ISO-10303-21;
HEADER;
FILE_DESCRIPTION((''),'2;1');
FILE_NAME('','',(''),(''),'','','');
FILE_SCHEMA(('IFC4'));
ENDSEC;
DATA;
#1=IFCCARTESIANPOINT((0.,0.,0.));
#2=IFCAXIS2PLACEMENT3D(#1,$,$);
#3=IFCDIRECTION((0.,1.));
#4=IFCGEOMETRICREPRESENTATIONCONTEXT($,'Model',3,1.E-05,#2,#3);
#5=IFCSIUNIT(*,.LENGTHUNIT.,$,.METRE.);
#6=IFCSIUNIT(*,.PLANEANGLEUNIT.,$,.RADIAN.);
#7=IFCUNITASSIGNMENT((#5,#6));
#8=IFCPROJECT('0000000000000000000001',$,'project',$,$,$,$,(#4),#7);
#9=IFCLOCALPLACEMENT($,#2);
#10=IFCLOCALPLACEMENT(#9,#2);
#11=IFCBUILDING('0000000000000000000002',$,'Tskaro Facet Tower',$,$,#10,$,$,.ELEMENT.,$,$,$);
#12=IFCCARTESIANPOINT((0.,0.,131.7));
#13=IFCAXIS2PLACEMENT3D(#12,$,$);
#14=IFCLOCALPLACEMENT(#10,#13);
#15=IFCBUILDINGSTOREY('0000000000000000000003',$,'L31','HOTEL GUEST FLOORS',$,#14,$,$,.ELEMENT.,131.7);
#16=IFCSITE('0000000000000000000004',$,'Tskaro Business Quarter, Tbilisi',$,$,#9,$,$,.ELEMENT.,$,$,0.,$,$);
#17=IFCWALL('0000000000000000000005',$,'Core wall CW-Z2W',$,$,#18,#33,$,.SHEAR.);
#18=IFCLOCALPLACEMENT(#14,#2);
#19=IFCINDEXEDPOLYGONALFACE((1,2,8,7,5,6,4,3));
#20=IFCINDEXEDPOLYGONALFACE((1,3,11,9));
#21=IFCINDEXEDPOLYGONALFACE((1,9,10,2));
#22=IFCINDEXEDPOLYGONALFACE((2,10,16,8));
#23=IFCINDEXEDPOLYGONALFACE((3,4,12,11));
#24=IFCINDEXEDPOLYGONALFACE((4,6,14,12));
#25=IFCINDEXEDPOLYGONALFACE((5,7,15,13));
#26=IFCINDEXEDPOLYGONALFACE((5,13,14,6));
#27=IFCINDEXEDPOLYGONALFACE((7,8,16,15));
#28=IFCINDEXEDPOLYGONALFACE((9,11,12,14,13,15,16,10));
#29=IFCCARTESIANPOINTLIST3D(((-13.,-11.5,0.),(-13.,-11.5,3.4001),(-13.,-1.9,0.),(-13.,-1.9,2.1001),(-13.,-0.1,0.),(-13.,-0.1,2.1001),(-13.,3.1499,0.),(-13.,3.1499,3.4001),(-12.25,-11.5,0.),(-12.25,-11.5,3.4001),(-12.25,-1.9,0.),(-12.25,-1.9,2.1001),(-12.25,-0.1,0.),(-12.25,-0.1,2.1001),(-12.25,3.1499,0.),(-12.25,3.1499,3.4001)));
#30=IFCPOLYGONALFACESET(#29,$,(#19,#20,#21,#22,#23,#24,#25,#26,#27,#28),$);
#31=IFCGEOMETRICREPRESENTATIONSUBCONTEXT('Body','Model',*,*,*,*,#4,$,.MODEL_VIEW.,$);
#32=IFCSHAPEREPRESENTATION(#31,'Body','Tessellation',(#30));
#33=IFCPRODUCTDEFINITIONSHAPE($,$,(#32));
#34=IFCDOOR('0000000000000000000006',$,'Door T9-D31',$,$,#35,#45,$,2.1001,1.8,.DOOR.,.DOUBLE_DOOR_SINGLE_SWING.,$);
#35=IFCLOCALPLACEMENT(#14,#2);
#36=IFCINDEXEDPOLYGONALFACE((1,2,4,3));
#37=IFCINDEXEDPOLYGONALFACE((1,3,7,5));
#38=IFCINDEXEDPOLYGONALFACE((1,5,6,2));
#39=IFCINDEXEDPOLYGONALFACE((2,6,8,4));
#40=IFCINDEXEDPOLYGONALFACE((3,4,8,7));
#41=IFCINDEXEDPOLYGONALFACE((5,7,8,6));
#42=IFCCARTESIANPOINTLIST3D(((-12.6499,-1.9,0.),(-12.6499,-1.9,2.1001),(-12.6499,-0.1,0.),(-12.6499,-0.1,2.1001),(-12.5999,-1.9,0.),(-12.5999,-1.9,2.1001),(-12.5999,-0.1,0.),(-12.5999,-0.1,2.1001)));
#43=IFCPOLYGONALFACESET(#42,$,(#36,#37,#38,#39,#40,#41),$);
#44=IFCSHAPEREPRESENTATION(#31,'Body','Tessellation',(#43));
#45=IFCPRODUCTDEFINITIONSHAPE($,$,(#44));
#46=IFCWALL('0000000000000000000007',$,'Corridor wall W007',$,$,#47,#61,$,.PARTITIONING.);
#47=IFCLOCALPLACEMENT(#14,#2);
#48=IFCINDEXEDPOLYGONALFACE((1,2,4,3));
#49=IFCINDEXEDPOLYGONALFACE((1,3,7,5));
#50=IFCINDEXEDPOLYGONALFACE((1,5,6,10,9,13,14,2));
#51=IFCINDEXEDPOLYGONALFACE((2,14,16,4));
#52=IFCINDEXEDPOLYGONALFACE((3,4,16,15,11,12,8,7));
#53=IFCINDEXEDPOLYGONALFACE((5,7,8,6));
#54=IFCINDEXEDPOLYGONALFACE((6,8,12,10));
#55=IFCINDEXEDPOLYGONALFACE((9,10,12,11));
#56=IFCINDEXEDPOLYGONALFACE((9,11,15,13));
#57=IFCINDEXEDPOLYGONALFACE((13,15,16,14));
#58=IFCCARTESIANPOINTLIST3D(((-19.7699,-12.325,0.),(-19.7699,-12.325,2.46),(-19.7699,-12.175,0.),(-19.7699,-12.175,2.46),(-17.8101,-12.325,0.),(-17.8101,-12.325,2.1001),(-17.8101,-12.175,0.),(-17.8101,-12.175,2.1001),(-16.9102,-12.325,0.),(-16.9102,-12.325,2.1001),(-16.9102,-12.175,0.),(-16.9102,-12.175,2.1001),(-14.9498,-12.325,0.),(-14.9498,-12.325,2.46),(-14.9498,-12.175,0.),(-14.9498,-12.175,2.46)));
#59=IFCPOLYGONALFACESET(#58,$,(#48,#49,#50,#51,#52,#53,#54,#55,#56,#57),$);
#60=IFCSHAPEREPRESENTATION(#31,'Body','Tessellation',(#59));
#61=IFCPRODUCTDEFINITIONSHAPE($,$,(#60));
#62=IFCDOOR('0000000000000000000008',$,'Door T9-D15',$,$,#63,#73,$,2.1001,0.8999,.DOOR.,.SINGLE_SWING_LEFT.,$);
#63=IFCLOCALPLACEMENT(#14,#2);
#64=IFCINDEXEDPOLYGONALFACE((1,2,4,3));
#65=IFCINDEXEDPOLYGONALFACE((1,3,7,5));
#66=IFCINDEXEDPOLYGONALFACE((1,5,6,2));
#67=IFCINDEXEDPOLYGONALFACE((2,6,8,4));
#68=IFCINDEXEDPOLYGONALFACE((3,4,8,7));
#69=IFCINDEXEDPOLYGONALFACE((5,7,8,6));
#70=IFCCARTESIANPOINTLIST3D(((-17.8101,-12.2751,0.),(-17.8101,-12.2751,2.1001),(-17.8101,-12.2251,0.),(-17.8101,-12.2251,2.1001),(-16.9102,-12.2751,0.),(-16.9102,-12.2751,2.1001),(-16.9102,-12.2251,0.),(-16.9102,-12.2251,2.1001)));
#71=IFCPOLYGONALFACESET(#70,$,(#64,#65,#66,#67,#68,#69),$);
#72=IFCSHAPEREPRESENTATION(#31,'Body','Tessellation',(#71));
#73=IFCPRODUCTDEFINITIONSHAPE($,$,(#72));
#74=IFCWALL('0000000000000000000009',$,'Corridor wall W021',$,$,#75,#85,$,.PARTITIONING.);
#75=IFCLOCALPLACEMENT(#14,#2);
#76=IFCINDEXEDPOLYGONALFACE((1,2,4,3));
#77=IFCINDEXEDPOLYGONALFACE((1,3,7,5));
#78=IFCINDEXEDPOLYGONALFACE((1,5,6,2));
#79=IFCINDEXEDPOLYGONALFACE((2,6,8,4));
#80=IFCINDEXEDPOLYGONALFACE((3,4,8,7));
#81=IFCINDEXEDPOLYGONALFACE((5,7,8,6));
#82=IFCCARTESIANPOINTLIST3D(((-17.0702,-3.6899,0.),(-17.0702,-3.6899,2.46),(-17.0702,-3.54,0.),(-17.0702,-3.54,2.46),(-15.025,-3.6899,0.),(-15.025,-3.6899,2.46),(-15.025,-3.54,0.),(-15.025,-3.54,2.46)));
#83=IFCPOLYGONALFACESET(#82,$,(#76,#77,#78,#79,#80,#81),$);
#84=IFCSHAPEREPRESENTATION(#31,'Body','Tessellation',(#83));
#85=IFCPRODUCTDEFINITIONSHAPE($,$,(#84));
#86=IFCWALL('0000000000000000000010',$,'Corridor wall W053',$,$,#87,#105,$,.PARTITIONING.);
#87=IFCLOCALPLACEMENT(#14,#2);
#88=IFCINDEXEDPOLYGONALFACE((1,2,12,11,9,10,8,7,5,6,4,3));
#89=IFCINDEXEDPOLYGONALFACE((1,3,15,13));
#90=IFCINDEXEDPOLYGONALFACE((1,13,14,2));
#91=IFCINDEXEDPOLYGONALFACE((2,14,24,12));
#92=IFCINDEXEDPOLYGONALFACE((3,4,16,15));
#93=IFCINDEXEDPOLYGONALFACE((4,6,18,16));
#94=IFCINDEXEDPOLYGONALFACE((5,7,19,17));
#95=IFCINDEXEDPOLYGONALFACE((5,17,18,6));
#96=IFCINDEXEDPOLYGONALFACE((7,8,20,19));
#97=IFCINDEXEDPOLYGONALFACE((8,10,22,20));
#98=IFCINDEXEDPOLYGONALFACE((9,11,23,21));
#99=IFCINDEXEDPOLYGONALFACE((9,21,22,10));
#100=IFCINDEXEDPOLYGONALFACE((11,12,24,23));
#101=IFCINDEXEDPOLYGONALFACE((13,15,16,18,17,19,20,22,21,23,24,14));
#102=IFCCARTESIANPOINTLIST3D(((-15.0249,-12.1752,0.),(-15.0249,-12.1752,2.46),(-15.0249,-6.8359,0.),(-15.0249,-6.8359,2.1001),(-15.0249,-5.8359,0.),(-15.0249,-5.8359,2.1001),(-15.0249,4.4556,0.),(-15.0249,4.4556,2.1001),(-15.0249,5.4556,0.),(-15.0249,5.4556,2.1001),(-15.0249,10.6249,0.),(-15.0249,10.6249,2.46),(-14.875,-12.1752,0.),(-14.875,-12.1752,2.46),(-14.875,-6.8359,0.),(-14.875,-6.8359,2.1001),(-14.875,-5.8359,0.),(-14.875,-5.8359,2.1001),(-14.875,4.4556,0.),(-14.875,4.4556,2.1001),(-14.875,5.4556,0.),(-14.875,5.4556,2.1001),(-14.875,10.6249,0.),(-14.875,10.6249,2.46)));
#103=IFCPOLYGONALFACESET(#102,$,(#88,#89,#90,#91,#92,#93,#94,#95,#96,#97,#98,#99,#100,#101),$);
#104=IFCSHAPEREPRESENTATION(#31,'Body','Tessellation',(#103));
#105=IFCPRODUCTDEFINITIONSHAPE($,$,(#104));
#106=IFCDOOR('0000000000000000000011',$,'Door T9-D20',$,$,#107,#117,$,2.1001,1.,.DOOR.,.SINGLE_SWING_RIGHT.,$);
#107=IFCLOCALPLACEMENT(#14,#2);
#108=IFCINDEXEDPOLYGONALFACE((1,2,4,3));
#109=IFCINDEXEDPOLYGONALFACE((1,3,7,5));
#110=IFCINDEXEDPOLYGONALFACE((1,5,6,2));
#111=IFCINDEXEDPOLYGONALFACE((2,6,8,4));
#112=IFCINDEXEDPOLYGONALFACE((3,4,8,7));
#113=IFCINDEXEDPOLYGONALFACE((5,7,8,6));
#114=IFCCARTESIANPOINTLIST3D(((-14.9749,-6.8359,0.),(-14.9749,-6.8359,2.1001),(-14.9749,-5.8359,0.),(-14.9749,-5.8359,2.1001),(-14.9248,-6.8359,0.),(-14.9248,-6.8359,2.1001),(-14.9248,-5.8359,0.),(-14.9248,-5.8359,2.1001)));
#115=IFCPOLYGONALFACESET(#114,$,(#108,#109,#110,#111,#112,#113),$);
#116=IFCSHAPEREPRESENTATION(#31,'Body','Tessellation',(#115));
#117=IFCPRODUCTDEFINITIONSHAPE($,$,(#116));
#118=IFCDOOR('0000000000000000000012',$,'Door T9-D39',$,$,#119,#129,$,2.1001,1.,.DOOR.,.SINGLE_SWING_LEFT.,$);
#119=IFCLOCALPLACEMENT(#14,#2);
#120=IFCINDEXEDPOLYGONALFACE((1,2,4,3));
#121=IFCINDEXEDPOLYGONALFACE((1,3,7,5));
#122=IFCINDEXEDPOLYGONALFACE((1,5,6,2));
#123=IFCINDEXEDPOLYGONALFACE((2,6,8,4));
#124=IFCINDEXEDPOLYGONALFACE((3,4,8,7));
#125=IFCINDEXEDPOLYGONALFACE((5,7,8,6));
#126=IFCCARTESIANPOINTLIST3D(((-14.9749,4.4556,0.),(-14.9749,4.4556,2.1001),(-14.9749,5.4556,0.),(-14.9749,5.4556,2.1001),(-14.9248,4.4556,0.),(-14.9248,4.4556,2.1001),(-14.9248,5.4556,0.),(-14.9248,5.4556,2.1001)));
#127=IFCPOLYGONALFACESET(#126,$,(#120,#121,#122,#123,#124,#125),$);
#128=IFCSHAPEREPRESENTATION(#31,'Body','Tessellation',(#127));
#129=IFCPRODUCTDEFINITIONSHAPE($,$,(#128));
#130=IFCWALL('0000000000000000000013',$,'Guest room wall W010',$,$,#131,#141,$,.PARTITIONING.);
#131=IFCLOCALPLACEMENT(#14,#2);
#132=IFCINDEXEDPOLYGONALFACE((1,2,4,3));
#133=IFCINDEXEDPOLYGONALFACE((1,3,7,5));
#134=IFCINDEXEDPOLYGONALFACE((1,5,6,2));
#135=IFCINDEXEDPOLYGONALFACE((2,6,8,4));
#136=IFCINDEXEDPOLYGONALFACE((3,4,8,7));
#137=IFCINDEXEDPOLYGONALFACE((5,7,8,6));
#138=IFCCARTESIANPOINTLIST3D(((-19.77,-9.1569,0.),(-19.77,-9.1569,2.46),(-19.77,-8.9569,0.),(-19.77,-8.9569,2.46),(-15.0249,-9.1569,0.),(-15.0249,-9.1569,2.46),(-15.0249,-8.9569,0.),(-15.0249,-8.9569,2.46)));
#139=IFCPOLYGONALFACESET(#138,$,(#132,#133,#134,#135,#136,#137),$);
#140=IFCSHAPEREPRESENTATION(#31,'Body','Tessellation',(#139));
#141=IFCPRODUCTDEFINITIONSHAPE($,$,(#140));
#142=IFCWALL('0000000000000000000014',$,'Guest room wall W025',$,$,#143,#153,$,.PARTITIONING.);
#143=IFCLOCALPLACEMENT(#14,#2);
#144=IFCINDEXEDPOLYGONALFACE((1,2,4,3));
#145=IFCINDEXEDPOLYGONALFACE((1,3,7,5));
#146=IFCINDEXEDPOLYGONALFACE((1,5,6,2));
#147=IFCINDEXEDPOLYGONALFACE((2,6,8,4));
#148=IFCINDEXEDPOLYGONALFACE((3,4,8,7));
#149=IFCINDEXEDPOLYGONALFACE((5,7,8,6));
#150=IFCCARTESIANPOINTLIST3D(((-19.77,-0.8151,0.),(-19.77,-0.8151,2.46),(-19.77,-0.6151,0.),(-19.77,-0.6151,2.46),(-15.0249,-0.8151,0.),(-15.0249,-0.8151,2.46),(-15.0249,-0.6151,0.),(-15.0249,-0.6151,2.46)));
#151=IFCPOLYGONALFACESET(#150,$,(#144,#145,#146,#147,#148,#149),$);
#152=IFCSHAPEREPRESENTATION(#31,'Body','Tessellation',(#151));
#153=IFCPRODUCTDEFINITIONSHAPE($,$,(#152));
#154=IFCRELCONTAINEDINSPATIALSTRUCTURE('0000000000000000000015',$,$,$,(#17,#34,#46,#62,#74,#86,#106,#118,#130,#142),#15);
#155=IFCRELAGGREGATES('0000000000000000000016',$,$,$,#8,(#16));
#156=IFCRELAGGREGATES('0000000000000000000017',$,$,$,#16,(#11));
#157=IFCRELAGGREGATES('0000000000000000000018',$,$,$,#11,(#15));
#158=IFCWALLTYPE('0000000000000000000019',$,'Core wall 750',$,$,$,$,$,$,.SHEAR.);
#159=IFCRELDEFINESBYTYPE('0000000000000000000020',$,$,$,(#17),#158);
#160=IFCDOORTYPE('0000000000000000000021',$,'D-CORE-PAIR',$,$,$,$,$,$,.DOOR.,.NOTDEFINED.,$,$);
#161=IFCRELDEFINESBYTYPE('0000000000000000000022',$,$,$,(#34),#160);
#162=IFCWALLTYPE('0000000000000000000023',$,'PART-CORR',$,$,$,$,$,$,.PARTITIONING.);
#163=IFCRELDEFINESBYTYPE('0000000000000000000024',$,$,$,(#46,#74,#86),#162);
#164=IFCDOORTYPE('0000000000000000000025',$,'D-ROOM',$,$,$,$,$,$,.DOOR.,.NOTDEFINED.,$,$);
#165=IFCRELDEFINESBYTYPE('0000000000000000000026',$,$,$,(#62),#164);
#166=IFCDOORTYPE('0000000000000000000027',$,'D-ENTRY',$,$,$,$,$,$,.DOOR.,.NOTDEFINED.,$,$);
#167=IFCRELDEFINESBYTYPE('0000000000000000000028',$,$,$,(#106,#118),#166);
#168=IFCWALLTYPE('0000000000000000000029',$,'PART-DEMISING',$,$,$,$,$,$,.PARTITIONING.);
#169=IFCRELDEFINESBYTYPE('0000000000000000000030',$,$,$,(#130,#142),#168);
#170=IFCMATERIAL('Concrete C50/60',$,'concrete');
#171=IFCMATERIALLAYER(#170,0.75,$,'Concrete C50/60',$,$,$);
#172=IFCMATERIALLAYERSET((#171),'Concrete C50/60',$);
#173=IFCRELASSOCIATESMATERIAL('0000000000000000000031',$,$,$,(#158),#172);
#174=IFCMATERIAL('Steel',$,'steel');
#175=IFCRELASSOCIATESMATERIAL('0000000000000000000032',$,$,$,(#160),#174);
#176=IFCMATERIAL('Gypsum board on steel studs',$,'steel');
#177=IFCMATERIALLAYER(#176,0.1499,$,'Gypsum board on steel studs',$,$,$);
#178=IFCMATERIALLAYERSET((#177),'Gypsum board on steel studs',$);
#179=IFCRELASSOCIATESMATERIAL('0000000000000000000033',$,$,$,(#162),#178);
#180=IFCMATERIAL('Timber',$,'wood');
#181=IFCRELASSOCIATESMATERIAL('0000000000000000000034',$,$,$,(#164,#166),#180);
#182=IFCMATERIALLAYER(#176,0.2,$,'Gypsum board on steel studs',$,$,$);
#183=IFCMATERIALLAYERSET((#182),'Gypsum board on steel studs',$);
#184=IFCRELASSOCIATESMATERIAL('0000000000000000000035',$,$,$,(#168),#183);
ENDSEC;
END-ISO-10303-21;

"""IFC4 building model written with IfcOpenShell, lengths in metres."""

from ifc_helpers import new_model, si_unit, direction, frame, frame_2d, origin, place, context, subcontext, project, spatial, rectangle, extrude, material, layer, layer_set, type_object, element, fill, save


model = new_model("IFC4")

# Units and contexts
model_context = context("Model", 3, precision=1e-05, world=origin(), true_north=direction((0.0, 1.0)))
body_context = subcontext(model_context, "Body", "Model", "MODEL_VIEW")
ifc_project = project(units=[si_unit("LENGTHUNIT", "METRE"), si_unit("PLANEANGLEUNIT", "RADIAN")], contexts=[model_context])

# Site, building, storey
site_placement = place(None, origin())
site = spatial("IfcSite", under=ifc_project, at=site_placement, Name="Tskaro Business Quarter, Tbilisi", CompositionType="ELEMENT", RefElevation=0.0)
building_placement = place(site_placement, origin())
building = spatial("IfcBuilding", under=site, at=building_placement, Name="Tskaro Facet Tower", CompositionType="ELEMENT")
storey_placement = place(building_placement, frame((0.0, 0.0, 131.7)))
storey = spatial("IfcBuildingStorey", under=building, at=storey_placement, Name="L31", Description="HOTEL GUEST FLOORS", CompositionType="ELEMENT", Elevation=131.7)

# Shared definitions
ifc_material_1 = material(Name="Concrete C50/60", Category="concrete")
ifc_layer_1 = layer(ifc_material_1, 0.75, Name="Concrete C50/60")
ifc_layer_set_1 = layer_set([ifc_layer_1], Name="Concrete C50/60")
wall_type_1 = type_object("IfcWallType", Name="Core wall 750", PredefinedType="SHEAR", material=ifc_layer_set_1)

# Walls, openings, doors
wall_1_placement = place(storey_placement, frame((-12.625, -11.5, 0.0), z_axis=(0.0, 0.0, 1.0), x_axis=(0.0, 1.0, 0.0)))
wall_1 = element("IfcWall", 1, at=wall_1_placement, inside=storey, type_object=wall_type_1, Name="Core wall CW-Z2W", PredefinedType="SHEAR", context=body_context, shape_type="SweptSolid", body=[
    extrude(rectangle(XDim=14.6499, YDim=0.75, at=frame_2d((7.325, 0.0))), origin(), (0.0, 0.0, 1.0), 3.4001),
])
opening_1_placement = place(wall_1_placement, frame((9.6001, 0.0, 0.0)))
opening_1 = element("IfcOpeningElement", 2, at=opening_1_placement, cuts=wall_1, PredefinedType="OPENING", context=body_context, shape_type="SweptSolid", body=[
    extrude(rectangle(XDim=1.8, YDim=2.1001, at=frame_2d((0.8999, 1.05))), frame((0.0, 0.385, 0.0), z_axis=(0.0, -1.0, 0.0), x_axis=(1.0, 0.0, 0.0)), (0.0, 0.0, 1.0), 0.77),
])
ifc_material_2 = material(Name="Steel", Category="steel")
door_type_1 = type_object("IfcDoorType", Name="D-CORE-PAIR", OperationType="NOTDEFINED", PredefinedType="DOOR", material=ifc_material_2)
door_1_placement = place(opening_1_placement, origin())
door_1 = element("IfcDoor", 3, at=door_1_placement, inside=storey, type_object=door_type_1, Name="Door T9-D31", OperationType="DOUBLE_DOOR_SINGLE_SWING", OverallHeight=2.1001, OverallWidth=1.8, PredefinedType="DOOR", context=body_context, shape_type="SweptSolid", body=[
    extrude(rectangle(XDim=1.8, YDim=2.1001, at=frame_2d((0.8999, 1.05))), frame((0.0, 0.0249, 0.0), z_axis=(0.0, -1.0, 0.0), x_axis=(1.0, 0.0, 0.0)), (0.0, 0.0, 1.0), 0.05),
])
fill(opening_1, door_1)
ifc_material_3 = material(Name="Gypsum board on steel studs", Category="steel")
ifc_layer_2 = layer(ifc_material_3, 0.1499, Name="Gypsum board on steel studs")
ifc_layer_set_2 = layer_set([ifc_layer_2], Name="Gypsum board on steel studs")
wall_type_2 = type_object("IfcWallType", Name="PART-CORR", PredefinedType="PARTITIONING", material=ifc_layer_set_2)
wall_2_placement = place(storey_placement, frame((-19.77, -12.25, 0.0), z_axis=(0.0, 0.0, 1.0), x_axis=(1.0, 0.0, 0.0)))
wall_2 = element("IfcWall", 4, at=wall_2_placement, inside=storey, type_object=wall_type_2, Name="Corridor wall W007", PredefinedType="PARTITIONING", context=body_context, shape_type="SweptSolid", body=[
    extrude(rectangle(XDim=4.8201, YDim=0.1499, at=frame_2d((2.4102, 0.0))), origin(), (0.0, 0.0, 1.0), 2.46),
])
opening_2_placement = place(wall_2_placement, frame((1.96, 0.0, 0.0)))
opening_2 = element("IfcOpeningElement", 5, at=opening_2_placement, cuts=wall_2, PredefinedType="OPENING", context=body_context, shape_type="SweptSolid", body=[
    extrude(rectangle(XDim=0.8999, YDim=2.1001, at=frame_2d((0.45, 1.05))), frame((0.0, 0.085, 0.0), z_axis=(0.0, -1.0, 0.0), x_axis=(1.0, 0.0, 0.0)), (0.0, 0.0, 1.0), 0.1699),
])
ifc_material_4 = material(Name="Timber", Category="wood")
door_type_2 = type_object("IfcDoorType", Name="D-ROOM", OperationType="NOTDEFINED", PredefinedType="DOOR", material=ifc_material_4)
door_2_placement = place(opening_2_placement, origin())
door_2 = element("IfcDoor", 6, at=door_2_placement, inside=storey, type_object=door_type_2, Name="Door T9-D15", OperationType="SINGLE_SWING_LEFT", OverallHeight=2.1001, OverallWidth=0.8999, PredefinedType="DOOR", context=body_context, shape_type="SweptSolid", body=[
    extrude(rectangle(XDim=0.8999, YDim=2.1001, at=frame_2d((0.45, 1.05))), frame((0.0, 0.0249, 0.0), z_axis=(0.0, -1.0, 0.0), x_axis=(1.0, 0.0, 0.0)), (0.0, 0.0, 1.0), 0.05),
])
fill(opening_2, door_2)

# Wall
wall_3_placement = place(storey_placement, frame((-17.0701, -3.615, 0.0), z_axis=(0.0, 0.0, 1.0), x_axis=(1.0, 0.0, 0.0)))
element("IfcWall", 7, at=wall_3_placement, inside=storey, type_object=wall_type_2, Name="Corridor wall W021", PredefinedType="PARTITIONING", context=body_context, shape_type="SweptSolid", body=[
    extrude(rectangle(XDim=2.0452, YDim=0.1499, at=frame_2d((1.0225, 0.0))), origin(), (0.0, 0.0, 1.0), 2.46),
])

# Wall, openings, doors
wall_4_placement = place(storey_placement, frame((-14.95, -12.175, 0.0), z_axis=(0.0, 0.0, 1.0), x_axis=(0.0, 1.0, 0.0)))
wall_4 = element("IfcWall", 8, at=wall_4_placement, inside=storey, type_object=wall_type_2, Name="Corridor wall W053", PredefinedType="PARTITIONING", context=body_context, shape_type="SweptSolid", body=[
    extrude(rectangle(XDim=22.8, YDim=0.1499, at=frame_2d((11.3999, 0.0))), origin(), (0.0, 0.0, 1.0), 2.46),
])
opening_3_placement = place(wall_4_placement, frame((5.3391, 0.0, 0.0)))
opening_3 = element("IfcOpeningElement", 9, at=opening_3_placement, cuts=wall_4, PredefinedType="OPENING", context=body_context, shape_type="SweptSolid", body=[
    extrude(rectangle(XDim=1.0, YDim=2.1001, at=frame_2d((0.5, 1.05))), frame((0.0, 0.085, 0.0), z_axis=(0.0, -1.0, 0.0), x_axis=(1.0, 0.0, 0.0)), (0.0, 0.0, 1.0), 0.1699),
])
opening_4_placement = place(wall_4_placement, frame((16.6306, 0.0, 0.0)))
opening_4 = element("IfcOpeningElement", 10, at=opening_4_placement, cuts=wall_4, PredefinedType="OPENING", context=body_context, shape_type="SweptSolid", body=[
    extrude(rectangle(XDim=1.0, YDim=2.1001, at=frame_2d((0.5, 1.05))), frame((0.0, 0.085, 0.0), z_axis=(0.0, -1.0, 0.0), x_axis=(1.0, 0.0, 0.0)), (0.0, 0.0, 1.0), 0.1699),
])
door_type_3 = type_object("IfcDoorType", Name="D-ENTRY", OperationType="NOTDEFINED", PredefinedType="DOOR", material=ifc_material_4)
door_3_placement = place(opening_3_placement, origin())
door_3 = element("IfcDoor", 11, at=door_3_placement, inside=storey, type_object=door_type_3, Name="Door T9-D20", OperationType="SINGLE_SWING_RIGHT", OverallHeight=2.1001, OverallWidth=1.0, PredefinedType="DOOR", context=body_context, shape_type="SweptSolid", body=[
    extrude(rectangle(XDim=1.0, YDim=2.1001, at=frame_2d((0.5, 1.05))), frame((0.0, 0.0249, 0.0), z_axis=(0.0, -1.0, 0.0), x_axis=(1.0, 0.0, 0.0)), (0.0, 0.0, 1.0), 0.05),
])
fill(opening_3, door_3)
door_4_placement = place(opening_4_placement, origin())
door_4 = element("IfcDoor", 12, at=door_4_placement, inside=storey, type_object=door_type_3, Name="Door T9-D39", OperationType="SINGLE_SWING_LEFT", OverallHeight=2.1001, OverallWidth=1.0, PredefinedType="DOOR", context=body_context, shape_type="SweptSolid", body=[
    extrude(rectangle(XDim=1.0, YDim=2.1001, at=frame_2d((0.5, 1.05))), frame((0.0, 0.0249, 0.0), z_axis=(0.0, -1.0, 0.0), x_axis=(1.0, 0.0, 0.0)), (0.0, 0.0, 1.0), 0.05),
])
fill(opening_4, door_4)

# Walls
ifc_layer_3 = layer(ifc_material_3, 0.2, Name="Gypsum board on steel studs")
ifc_layer_set_3 = layer_set([ifc_layer_3], Name="Gypsum board on steel studs")
wall_type_3 = type_object("IfcWallType", Name="PART-DEMISING", PredefinedType="PARTITIONING", material=ifc_layer_set_3)
for number, where, z_axis, x_axis, name in (
    (13, (-19.77, -9.0569, 0.0), (0.0, 0.0, 1.0), (1.0, 0.0, 0.0), "Guest room wall W010"),
    (14, (-19.77, -0.7151, 0.0), (0.0, 0.0, 1.0), (1.0, 0.0, 0.0), "Guest room wall W025"),
):
    element("IfcWall", number, at=place(storey_placement, frame(where, z_axis=z_axis, x_axis=x_axis)), inside=storey, type_object=wall_type_3, Name=name, PredefinedType="PARTITIONING", context=body_context, shape_type="SweptSolid", body=[
        extrude(rectangle(XDim=4.7451, YDim=0.2, at=frame_2d((2.3726, 0.0))), origin(), (0.0, 0.0, 1.0), 2.46),
    ])

save(model, "model.ifc")
